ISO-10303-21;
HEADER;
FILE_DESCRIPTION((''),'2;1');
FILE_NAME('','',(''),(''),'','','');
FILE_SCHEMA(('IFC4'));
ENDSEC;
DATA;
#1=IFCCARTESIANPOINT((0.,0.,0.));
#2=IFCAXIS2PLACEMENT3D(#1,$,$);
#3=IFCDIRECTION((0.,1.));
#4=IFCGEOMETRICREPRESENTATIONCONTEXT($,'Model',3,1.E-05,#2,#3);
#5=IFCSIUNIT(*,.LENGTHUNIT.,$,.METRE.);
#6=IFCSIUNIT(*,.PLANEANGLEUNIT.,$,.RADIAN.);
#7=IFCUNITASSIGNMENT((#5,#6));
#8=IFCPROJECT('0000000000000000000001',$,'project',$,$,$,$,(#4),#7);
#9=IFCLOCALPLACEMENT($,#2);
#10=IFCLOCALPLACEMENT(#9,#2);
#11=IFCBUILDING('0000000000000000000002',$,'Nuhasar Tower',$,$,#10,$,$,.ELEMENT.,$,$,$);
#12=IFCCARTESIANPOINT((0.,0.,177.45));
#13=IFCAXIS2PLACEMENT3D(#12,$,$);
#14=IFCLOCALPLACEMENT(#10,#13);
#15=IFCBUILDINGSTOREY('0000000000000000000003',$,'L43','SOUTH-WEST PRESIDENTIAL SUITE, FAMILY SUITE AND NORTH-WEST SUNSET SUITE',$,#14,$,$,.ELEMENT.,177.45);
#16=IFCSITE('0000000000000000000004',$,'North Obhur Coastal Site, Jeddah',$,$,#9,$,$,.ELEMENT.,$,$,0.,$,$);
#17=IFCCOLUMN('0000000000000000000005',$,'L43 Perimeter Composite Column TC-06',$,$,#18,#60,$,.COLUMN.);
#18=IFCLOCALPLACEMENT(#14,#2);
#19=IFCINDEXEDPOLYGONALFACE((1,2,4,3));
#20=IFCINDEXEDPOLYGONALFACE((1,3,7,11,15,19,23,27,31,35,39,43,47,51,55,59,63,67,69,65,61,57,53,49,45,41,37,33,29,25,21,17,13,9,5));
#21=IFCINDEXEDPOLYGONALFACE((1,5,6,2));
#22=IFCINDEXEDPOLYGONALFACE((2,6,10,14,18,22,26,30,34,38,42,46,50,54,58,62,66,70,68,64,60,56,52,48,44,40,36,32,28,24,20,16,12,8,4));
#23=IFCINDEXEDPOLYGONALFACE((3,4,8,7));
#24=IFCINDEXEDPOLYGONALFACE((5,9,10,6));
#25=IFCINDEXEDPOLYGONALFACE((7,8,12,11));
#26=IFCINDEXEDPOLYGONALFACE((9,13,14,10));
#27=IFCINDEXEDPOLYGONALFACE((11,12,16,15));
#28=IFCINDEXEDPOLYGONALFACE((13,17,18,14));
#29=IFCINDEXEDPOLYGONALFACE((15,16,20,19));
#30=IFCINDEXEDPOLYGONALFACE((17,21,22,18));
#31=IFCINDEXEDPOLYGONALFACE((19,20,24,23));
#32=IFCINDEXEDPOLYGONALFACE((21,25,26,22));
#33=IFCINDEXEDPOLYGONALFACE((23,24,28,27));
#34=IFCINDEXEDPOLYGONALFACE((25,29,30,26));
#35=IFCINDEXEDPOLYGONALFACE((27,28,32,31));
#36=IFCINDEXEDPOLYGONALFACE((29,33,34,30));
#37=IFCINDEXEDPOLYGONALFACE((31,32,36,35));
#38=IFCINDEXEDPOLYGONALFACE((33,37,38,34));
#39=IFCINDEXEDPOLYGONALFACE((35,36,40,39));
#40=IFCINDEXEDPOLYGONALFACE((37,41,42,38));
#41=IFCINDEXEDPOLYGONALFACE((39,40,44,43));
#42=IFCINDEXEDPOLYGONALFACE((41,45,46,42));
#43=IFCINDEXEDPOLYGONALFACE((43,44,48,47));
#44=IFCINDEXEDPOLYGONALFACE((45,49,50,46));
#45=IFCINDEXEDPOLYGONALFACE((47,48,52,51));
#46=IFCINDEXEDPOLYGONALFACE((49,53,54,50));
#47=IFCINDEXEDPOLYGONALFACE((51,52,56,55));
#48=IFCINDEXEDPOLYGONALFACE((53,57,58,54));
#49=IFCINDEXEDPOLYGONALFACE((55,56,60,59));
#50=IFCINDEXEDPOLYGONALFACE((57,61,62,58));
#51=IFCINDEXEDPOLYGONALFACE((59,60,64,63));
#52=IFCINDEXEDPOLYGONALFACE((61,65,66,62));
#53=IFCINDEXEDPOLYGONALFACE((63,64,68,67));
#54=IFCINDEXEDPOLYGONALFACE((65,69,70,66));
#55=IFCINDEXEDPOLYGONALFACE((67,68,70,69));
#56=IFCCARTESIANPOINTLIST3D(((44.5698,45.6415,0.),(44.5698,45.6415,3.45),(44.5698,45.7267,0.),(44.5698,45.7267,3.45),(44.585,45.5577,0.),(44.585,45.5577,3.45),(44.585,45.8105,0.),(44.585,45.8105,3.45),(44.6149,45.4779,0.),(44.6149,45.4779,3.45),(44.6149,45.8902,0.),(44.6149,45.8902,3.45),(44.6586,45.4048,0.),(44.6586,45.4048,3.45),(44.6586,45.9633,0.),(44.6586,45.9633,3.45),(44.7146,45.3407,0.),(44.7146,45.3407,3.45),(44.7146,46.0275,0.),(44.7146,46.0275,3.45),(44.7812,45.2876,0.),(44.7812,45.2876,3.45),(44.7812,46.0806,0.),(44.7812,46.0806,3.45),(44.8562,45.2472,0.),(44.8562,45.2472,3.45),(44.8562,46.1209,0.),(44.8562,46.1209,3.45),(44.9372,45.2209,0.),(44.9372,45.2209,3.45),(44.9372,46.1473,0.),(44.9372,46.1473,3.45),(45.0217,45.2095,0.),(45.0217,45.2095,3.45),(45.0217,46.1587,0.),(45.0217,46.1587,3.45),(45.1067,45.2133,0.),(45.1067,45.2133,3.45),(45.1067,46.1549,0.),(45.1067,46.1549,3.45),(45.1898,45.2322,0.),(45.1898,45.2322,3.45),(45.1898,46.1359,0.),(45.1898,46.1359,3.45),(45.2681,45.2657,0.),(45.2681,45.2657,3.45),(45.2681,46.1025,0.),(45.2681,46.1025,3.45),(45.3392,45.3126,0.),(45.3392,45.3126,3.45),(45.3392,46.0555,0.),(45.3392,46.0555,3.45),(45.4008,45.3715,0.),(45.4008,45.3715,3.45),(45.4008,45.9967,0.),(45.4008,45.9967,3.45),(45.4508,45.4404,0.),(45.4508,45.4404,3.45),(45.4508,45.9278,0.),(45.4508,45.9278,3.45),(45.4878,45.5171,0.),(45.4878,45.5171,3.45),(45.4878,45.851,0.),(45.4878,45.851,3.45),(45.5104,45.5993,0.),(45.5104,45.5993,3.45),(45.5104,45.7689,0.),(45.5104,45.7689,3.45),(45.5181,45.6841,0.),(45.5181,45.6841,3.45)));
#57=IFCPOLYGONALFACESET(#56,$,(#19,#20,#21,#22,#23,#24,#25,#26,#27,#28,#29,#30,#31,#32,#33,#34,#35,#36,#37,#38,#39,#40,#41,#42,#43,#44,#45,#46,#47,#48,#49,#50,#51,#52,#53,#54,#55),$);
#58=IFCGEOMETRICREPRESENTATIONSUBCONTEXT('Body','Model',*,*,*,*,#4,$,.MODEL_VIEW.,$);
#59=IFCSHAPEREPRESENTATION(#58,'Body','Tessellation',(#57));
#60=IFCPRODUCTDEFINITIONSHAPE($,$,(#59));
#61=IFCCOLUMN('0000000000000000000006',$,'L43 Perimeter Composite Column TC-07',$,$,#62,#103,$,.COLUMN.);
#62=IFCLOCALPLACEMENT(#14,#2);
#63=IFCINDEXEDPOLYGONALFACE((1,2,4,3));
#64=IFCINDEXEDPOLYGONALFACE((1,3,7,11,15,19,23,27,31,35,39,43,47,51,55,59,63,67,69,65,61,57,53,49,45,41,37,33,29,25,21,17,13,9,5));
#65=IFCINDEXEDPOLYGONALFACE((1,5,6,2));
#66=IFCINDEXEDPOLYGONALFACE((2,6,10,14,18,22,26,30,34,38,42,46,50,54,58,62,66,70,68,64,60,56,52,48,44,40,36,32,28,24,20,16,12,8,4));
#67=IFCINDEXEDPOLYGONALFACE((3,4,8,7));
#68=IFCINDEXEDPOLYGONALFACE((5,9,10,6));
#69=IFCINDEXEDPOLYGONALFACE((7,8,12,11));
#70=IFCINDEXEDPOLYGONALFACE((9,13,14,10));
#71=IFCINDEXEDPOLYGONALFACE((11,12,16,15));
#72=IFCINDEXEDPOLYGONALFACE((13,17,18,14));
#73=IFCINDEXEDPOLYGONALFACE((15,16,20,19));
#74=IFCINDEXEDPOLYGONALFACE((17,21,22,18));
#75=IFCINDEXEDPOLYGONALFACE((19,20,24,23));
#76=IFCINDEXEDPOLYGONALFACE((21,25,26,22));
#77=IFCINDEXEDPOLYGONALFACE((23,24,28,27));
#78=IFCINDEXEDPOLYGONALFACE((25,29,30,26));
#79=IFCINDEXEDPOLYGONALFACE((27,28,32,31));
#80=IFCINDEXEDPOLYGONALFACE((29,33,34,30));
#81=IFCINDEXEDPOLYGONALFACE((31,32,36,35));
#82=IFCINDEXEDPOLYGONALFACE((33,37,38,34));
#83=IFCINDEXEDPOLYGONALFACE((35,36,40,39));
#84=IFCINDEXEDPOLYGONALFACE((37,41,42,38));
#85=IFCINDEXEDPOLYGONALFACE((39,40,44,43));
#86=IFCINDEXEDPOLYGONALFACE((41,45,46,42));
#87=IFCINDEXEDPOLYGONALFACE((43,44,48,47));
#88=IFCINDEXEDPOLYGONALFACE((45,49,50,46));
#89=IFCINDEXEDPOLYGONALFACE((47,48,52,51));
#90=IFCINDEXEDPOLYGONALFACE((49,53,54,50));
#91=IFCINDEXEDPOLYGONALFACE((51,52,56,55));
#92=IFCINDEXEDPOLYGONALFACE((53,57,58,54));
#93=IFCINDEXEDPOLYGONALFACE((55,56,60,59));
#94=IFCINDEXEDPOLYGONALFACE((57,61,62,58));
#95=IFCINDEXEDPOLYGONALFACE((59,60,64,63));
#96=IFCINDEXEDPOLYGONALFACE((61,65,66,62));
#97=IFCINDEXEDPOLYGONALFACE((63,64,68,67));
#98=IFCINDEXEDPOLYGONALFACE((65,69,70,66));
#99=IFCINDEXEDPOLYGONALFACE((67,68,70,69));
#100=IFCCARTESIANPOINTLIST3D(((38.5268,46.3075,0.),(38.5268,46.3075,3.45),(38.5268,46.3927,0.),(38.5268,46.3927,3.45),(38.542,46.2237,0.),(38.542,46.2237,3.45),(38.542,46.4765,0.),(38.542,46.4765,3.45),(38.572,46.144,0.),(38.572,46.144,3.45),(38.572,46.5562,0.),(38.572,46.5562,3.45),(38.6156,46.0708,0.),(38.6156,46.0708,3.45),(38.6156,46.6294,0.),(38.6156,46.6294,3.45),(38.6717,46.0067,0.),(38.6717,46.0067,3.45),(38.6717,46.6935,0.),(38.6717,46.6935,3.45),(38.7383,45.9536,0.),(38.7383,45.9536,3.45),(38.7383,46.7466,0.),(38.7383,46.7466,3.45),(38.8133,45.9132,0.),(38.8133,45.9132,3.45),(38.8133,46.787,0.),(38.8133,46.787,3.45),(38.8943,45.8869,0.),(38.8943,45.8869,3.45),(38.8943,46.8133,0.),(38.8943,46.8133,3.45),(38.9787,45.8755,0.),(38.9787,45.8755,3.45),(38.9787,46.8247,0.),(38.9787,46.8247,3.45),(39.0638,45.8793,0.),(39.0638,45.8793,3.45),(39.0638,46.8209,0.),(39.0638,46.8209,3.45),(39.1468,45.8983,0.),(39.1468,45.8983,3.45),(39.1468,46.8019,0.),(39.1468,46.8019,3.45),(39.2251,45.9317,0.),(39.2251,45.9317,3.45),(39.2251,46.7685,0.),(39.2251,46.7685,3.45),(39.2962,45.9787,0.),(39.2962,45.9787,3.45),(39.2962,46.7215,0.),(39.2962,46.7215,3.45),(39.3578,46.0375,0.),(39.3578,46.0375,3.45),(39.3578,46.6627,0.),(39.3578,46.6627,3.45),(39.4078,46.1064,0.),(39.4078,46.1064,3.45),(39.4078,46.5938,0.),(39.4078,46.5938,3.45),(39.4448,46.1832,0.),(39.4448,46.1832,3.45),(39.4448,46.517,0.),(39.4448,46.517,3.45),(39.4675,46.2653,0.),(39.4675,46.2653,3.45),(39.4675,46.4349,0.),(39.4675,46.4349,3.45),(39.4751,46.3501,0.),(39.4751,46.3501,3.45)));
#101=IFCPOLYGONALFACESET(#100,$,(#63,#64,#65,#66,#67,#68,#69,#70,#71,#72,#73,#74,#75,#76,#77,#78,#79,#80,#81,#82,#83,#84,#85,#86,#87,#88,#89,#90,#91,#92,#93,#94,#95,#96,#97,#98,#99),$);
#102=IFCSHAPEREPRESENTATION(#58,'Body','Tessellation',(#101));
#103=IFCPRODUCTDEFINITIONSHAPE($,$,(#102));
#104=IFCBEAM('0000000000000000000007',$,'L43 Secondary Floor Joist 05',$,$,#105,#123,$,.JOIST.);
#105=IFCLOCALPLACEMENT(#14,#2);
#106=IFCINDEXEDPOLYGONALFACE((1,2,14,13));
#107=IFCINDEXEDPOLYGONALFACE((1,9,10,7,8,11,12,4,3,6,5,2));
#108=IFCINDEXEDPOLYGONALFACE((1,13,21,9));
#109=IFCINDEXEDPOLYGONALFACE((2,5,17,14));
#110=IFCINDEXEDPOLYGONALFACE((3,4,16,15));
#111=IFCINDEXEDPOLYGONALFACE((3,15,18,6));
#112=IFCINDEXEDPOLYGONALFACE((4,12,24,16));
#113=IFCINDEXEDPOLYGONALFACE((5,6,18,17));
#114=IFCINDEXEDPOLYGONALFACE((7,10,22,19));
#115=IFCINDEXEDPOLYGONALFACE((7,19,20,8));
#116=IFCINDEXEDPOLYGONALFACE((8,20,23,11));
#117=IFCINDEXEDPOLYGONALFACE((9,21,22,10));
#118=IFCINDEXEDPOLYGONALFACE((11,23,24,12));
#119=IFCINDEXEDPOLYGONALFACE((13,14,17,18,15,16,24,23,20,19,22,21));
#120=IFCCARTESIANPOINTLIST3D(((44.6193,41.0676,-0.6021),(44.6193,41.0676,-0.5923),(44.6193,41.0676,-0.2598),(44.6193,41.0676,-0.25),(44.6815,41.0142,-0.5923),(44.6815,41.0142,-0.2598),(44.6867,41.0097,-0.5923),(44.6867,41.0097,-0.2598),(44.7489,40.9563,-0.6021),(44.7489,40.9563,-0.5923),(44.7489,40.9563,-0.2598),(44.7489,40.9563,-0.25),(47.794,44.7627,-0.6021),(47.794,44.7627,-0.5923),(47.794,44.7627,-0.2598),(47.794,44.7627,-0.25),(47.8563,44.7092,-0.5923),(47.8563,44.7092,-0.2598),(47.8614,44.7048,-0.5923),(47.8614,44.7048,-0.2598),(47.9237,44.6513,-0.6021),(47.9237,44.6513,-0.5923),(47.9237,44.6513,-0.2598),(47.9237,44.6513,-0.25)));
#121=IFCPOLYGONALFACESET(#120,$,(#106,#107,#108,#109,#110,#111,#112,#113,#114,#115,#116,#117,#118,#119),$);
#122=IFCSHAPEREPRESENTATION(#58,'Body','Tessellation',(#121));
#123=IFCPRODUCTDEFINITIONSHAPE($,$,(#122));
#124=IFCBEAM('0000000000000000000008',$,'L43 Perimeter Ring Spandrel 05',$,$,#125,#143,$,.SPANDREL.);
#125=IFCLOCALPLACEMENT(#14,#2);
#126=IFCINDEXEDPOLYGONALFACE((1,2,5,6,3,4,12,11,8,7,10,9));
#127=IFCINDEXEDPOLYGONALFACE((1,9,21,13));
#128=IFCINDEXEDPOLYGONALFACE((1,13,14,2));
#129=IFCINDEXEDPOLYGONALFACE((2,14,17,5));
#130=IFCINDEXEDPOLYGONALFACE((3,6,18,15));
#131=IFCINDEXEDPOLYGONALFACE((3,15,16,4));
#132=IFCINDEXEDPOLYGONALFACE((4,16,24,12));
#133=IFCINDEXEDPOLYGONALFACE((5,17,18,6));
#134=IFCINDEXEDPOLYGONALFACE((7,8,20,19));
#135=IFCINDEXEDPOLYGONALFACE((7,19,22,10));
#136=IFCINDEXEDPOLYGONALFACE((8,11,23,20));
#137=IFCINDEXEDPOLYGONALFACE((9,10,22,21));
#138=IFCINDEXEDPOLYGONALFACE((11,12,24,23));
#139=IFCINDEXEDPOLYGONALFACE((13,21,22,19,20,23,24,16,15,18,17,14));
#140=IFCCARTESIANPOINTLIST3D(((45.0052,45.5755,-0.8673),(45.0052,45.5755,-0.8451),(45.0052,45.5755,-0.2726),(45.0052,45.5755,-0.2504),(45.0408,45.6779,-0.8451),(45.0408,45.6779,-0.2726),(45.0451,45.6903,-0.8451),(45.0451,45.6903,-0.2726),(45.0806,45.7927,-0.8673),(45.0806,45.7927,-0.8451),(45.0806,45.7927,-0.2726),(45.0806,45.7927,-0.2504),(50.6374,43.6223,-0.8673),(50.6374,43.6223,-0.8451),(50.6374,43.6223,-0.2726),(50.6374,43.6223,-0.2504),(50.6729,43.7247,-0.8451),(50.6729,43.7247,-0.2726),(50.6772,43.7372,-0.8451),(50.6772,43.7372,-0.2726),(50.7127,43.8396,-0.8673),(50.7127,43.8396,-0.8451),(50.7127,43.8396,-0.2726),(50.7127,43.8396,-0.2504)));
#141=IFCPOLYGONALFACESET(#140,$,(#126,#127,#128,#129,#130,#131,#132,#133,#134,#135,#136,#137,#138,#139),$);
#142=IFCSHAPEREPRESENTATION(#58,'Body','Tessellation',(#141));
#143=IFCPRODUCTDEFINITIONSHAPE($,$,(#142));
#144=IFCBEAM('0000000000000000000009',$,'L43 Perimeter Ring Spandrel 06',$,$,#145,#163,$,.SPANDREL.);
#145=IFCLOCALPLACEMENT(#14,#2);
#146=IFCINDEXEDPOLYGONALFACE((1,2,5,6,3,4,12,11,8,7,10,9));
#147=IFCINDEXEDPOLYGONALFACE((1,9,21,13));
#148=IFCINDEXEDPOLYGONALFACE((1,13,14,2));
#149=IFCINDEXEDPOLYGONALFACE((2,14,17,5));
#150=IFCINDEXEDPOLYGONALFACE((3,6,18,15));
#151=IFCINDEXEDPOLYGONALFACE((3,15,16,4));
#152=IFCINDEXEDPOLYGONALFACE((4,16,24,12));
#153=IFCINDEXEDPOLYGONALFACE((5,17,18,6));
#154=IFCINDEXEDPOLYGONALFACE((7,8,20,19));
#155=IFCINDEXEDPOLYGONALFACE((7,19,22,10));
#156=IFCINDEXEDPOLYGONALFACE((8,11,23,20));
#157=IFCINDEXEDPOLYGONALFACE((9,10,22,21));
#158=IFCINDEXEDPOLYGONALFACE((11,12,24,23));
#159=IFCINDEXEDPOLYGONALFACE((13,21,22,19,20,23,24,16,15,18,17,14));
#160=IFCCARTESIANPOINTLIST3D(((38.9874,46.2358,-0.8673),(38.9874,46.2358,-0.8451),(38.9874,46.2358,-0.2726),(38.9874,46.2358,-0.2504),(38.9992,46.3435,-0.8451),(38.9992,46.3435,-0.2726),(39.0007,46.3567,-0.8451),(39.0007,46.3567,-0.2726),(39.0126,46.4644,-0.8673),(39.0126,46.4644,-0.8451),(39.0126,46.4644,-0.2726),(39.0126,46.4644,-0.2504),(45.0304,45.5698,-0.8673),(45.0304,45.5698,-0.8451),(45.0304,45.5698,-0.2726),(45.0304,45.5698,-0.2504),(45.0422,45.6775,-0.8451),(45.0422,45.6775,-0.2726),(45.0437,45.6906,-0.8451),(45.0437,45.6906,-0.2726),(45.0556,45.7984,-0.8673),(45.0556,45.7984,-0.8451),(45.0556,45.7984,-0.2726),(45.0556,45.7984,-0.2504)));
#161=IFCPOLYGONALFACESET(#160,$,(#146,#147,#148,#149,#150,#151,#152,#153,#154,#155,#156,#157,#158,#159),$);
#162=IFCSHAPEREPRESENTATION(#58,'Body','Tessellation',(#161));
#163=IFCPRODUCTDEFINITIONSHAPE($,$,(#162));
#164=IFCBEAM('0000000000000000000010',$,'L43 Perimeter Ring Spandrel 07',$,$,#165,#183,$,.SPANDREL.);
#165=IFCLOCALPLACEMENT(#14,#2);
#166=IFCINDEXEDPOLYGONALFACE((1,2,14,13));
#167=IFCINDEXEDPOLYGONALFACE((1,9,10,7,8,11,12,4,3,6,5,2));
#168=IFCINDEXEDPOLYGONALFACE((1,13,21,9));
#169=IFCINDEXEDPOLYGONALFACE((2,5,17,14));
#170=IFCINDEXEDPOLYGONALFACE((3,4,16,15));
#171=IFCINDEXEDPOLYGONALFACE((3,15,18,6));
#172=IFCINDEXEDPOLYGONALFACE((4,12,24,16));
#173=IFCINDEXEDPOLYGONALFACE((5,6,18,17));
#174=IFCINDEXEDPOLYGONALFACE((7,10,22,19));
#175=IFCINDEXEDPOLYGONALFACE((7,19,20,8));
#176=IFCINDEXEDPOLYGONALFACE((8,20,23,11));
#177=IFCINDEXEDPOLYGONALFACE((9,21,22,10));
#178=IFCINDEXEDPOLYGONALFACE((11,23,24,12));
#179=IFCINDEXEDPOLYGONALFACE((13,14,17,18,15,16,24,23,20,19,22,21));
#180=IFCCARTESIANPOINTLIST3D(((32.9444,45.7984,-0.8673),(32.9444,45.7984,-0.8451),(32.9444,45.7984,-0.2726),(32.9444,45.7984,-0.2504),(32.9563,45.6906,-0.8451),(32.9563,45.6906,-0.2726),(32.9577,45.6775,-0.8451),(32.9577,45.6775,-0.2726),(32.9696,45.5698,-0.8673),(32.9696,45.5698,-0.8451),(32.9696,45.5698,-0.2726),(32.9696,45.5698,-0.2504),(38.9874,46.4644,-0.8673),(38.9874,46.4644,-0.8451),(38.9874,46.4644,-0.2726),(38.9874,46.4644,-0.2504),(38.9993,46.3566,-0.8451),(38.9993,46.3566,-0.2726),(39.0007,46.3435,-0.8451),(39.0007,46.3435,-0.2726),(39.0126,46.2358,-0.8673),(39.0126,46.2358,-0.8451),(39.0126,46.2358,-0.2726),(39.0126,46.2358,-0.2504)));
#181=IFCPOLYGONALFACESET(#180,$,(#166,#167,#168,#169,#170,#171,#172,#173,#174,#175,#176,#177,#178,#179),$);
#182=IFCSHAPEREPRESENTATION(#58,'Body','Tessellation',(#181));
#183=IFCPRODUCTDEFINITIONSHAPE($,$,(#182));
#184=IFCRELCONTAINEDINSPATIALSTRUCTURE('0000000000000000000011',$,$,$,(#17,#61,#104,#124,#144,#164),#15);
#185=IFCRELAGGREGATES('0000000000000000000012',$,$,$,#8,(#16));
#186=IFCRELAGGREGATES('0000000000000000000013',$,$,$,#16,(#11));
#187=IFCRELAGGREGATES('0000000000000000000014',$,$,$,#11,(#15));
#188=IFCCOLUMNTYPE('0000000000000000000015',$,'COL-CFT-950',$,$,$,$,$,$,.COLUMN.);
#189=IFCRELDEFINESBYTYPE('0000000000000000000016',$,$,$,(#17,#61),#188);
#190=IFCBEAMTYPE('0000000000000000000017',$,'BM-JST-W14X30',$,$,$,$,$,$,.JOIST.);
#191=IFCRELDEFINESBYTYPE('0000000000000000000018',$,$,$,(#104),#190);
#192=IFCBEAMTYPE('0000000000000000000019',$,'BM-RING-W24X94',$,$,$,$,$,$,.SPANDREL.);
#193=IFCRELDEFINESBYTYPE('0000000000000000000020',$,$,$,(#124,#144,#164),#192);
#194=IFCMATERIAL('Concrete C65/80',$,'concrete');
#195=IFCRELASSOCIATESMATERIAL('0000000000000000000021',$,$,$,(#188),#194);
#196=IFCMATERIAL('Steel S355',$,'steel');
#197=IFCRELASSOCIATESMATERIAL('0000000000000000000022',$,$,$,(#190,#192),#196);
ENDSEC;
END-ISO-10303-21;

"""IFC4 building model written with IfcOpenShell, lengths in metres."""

from ifc_helpers import new_model, si_unit, direction, frame, origin, origin_2d, place, context, subcontext, project, spatial, circle, i_section, extrude, material, material_profile, profile_set, type_object, element, save


model = new_model("IFC4")

# Units and contexts
model_context = context("Model", 3, precision=1e-05, world=origin(), true_north=direction((0.0, 1.0)))
body_context = subcontext(model_context, "Body", "Model", "MODEL_VIEW")
ifc_project = project(units=[si_unit("LENGTHUNIT", "METRE"), si_unit("PLANEANGLEUNIT", "RADIAN")], contexts=[model_context])

# Site, building, storey
site_placement = place(None, origin())
site = spatial("IfcSite", under=ifc_project, at=site_placement, Name="North Obhur Coastal Site, Jeddah", CompositionType="ELEMENT", RefElevation=0.0)
building_placement = place(site_placement, origin())
building = spatial("IfcBuilding", under=site, at=building_placement, Name="Nuhasar Tower", CompositionType="ELEMENT")
storey_placement = place(building_placement, frame((0.0, 0.0, 177.45)))
storey = spatial("IfcBuildingStorey", under=building, at=storey_placement, Name="L43", Description="SOUTH-WEST PRESIDENTIAL SUITE, FAMILY SUITE AND NORTH-WEST SUNSET SUITE", CompositionType="ELEMENT", Elevation=177.45)

# Columns
ifc_material_1 = material(Name="Concrete C65/80", Category="concrete")
ifc_material_profile_1 = material_profile(ifc_material_1, circle(Radius=0.4751, at=origin_2d()), Name="CFT950")
ifc_profile_set_1 = profile_set([ifc_material_profile_1], Name="Concrete C65/80")
column_type = type_object("IfcColumnType", Name="COL-CFT-950", PredefinedType="COLUMN", material=ifc_profile_set_1)
for number, where, z_axis, x_axis, name in (
    (1, (45.043, 45.6841, 0.0), (0.0, 0.0, 1.0), (1.0, 0.0, 0.0), "L43 Perimeter Composite Column TC-06"),
    (2, (39.0, 46.3501, 0.0), (0.0, 0.0, 1.0), (1.0, 0.0, 0.0), "L43 Perimeter Composite Column TC-07"),
):
    element("IfcColumn", number, at=place(storey_placement, frame(where, z_axis=z_axis, x_axis=x_axis)), inside=storey, type_object=column_type, Name=name, PredefinedType="COLUMN", context=body_context, shape_type="SweptSolid", body=[
        extrude(circle(Radius=0.4751, at=origin_2d()), origin(), (0.0, 0.0, 1.0), 3.45),
    ])

# Beams
ifc_material_2 = material(Name="Steel S355", Category="steel")
ifc_material_profile_2 = material_profile(ifc_material_2, i_section(OverallWidth=0.1709, OverallDepth=0.3521, WebThickness=0.0068, FlangeThickness=0.0098, at=origin_2d()), Name="W14X30")
ifc_profile_set_2 = profile_set([ifc_material_profile_2], Name="Steel S355")
beam_type_1 = type_object("IfcBeamType", Name="BM-JST-W14X30", PredefinedType="JOIST", material=ifc_profile_set_2)
beam_1_placement = place(storey_placement, frame((44.6841, 41.012, -0.426), z_axis=(0.651691, 0.758485, 0.0), x_axis=(-0.758485, 0.651691, 0.0)))
element("IfcBeam", 3, at=beam_1_placement, inside=storey, type_object=beam_type_1, Name="L43 Secondary Floor Joist 05", PredefinedType="JOIST", context=body_context, shape_type="SweptSolid", body=[
    extrude(i_section(OverallWidth=0.1709, OverallDepth=0.3521, WebThickness=0.0068, FlangeThickness=0.0098, at=origin_2d()), origin(), (0.0, 0.0, 1.0), 4.8716),
])
ifc_material_profile_3 = material_profile(ifc_material_2, i_section(OverallWidth=0.23, OverallDepth=0.6169, WebThickness=0.0132, FlangeThickness=0.0222, at=origin_2d()), Name="W24X94")
ifc_profile_set_3 = profile_set([ifc_material_profile_3], Name="Steel S355")
beam_type_2 = type_object("IfcBeamType", Name="BM-RING-W24X94", PredefinedType="SPANDREL", material=ifc_profile_set_3)
beam_2_placement = place(storey_placement, frame((50.675, 43.731, -0.5588), z_axis=(-0.944801, 0.327644, 0.0), x_axis=(-0.327644, -0.944801, 0.0)))
element("IfcBeam", 4, at=beam_2_placement, inside=storey, type_object=beam_type_2, Name="L43 Perimeter Ring Spandrel 05", PredefinedType="SPANDREL", context=body_context, shape_type="SweptSolid", body=[
    extrude(i_section(OverallWidth=0.23, OverallDepth=0.6169, WebThickness=0.0132, FlangeThickness=0.0222, at=origin_2d()), origin(), (0.0, 0.0, 1.0), 5.9612),
])
for number, where, z_axis, x_axis, name in (
    (5, (45.043, 45.6841, -0.5588), (-0.993981, 0.10955, 0.0), (-0.10955, -0.993981, 0.0), "L43 Perimeter Ring Spandrel 06"),
    (6, (39.0, 46.3501, -0.5588), (-0.993981, -0.10955, 0.0), (0.10955, -0.993981, 0.0), "L43 Perimeter Ring Spandrel 07"),
):
    element("IfcBeam", number, at=place(storey_placement, frame(where, z_axis=z_axis, x_axis=x_axis)), inside=storey, type_object=beam_type_2, Name=name, PredefinedType="SPANDREL", context=body_context, shape_type="SweptSolid", body=[
        extrude(i_section(OverallWidth=0.23, OverallDepth=0.6169, WebThickness=0.0132, FlangeThickness=0.0222, at=origin_2d()), origin(), (0.0, 0.0, 1.0), 6.0796),
    ])

save(model, "model.ifc")
